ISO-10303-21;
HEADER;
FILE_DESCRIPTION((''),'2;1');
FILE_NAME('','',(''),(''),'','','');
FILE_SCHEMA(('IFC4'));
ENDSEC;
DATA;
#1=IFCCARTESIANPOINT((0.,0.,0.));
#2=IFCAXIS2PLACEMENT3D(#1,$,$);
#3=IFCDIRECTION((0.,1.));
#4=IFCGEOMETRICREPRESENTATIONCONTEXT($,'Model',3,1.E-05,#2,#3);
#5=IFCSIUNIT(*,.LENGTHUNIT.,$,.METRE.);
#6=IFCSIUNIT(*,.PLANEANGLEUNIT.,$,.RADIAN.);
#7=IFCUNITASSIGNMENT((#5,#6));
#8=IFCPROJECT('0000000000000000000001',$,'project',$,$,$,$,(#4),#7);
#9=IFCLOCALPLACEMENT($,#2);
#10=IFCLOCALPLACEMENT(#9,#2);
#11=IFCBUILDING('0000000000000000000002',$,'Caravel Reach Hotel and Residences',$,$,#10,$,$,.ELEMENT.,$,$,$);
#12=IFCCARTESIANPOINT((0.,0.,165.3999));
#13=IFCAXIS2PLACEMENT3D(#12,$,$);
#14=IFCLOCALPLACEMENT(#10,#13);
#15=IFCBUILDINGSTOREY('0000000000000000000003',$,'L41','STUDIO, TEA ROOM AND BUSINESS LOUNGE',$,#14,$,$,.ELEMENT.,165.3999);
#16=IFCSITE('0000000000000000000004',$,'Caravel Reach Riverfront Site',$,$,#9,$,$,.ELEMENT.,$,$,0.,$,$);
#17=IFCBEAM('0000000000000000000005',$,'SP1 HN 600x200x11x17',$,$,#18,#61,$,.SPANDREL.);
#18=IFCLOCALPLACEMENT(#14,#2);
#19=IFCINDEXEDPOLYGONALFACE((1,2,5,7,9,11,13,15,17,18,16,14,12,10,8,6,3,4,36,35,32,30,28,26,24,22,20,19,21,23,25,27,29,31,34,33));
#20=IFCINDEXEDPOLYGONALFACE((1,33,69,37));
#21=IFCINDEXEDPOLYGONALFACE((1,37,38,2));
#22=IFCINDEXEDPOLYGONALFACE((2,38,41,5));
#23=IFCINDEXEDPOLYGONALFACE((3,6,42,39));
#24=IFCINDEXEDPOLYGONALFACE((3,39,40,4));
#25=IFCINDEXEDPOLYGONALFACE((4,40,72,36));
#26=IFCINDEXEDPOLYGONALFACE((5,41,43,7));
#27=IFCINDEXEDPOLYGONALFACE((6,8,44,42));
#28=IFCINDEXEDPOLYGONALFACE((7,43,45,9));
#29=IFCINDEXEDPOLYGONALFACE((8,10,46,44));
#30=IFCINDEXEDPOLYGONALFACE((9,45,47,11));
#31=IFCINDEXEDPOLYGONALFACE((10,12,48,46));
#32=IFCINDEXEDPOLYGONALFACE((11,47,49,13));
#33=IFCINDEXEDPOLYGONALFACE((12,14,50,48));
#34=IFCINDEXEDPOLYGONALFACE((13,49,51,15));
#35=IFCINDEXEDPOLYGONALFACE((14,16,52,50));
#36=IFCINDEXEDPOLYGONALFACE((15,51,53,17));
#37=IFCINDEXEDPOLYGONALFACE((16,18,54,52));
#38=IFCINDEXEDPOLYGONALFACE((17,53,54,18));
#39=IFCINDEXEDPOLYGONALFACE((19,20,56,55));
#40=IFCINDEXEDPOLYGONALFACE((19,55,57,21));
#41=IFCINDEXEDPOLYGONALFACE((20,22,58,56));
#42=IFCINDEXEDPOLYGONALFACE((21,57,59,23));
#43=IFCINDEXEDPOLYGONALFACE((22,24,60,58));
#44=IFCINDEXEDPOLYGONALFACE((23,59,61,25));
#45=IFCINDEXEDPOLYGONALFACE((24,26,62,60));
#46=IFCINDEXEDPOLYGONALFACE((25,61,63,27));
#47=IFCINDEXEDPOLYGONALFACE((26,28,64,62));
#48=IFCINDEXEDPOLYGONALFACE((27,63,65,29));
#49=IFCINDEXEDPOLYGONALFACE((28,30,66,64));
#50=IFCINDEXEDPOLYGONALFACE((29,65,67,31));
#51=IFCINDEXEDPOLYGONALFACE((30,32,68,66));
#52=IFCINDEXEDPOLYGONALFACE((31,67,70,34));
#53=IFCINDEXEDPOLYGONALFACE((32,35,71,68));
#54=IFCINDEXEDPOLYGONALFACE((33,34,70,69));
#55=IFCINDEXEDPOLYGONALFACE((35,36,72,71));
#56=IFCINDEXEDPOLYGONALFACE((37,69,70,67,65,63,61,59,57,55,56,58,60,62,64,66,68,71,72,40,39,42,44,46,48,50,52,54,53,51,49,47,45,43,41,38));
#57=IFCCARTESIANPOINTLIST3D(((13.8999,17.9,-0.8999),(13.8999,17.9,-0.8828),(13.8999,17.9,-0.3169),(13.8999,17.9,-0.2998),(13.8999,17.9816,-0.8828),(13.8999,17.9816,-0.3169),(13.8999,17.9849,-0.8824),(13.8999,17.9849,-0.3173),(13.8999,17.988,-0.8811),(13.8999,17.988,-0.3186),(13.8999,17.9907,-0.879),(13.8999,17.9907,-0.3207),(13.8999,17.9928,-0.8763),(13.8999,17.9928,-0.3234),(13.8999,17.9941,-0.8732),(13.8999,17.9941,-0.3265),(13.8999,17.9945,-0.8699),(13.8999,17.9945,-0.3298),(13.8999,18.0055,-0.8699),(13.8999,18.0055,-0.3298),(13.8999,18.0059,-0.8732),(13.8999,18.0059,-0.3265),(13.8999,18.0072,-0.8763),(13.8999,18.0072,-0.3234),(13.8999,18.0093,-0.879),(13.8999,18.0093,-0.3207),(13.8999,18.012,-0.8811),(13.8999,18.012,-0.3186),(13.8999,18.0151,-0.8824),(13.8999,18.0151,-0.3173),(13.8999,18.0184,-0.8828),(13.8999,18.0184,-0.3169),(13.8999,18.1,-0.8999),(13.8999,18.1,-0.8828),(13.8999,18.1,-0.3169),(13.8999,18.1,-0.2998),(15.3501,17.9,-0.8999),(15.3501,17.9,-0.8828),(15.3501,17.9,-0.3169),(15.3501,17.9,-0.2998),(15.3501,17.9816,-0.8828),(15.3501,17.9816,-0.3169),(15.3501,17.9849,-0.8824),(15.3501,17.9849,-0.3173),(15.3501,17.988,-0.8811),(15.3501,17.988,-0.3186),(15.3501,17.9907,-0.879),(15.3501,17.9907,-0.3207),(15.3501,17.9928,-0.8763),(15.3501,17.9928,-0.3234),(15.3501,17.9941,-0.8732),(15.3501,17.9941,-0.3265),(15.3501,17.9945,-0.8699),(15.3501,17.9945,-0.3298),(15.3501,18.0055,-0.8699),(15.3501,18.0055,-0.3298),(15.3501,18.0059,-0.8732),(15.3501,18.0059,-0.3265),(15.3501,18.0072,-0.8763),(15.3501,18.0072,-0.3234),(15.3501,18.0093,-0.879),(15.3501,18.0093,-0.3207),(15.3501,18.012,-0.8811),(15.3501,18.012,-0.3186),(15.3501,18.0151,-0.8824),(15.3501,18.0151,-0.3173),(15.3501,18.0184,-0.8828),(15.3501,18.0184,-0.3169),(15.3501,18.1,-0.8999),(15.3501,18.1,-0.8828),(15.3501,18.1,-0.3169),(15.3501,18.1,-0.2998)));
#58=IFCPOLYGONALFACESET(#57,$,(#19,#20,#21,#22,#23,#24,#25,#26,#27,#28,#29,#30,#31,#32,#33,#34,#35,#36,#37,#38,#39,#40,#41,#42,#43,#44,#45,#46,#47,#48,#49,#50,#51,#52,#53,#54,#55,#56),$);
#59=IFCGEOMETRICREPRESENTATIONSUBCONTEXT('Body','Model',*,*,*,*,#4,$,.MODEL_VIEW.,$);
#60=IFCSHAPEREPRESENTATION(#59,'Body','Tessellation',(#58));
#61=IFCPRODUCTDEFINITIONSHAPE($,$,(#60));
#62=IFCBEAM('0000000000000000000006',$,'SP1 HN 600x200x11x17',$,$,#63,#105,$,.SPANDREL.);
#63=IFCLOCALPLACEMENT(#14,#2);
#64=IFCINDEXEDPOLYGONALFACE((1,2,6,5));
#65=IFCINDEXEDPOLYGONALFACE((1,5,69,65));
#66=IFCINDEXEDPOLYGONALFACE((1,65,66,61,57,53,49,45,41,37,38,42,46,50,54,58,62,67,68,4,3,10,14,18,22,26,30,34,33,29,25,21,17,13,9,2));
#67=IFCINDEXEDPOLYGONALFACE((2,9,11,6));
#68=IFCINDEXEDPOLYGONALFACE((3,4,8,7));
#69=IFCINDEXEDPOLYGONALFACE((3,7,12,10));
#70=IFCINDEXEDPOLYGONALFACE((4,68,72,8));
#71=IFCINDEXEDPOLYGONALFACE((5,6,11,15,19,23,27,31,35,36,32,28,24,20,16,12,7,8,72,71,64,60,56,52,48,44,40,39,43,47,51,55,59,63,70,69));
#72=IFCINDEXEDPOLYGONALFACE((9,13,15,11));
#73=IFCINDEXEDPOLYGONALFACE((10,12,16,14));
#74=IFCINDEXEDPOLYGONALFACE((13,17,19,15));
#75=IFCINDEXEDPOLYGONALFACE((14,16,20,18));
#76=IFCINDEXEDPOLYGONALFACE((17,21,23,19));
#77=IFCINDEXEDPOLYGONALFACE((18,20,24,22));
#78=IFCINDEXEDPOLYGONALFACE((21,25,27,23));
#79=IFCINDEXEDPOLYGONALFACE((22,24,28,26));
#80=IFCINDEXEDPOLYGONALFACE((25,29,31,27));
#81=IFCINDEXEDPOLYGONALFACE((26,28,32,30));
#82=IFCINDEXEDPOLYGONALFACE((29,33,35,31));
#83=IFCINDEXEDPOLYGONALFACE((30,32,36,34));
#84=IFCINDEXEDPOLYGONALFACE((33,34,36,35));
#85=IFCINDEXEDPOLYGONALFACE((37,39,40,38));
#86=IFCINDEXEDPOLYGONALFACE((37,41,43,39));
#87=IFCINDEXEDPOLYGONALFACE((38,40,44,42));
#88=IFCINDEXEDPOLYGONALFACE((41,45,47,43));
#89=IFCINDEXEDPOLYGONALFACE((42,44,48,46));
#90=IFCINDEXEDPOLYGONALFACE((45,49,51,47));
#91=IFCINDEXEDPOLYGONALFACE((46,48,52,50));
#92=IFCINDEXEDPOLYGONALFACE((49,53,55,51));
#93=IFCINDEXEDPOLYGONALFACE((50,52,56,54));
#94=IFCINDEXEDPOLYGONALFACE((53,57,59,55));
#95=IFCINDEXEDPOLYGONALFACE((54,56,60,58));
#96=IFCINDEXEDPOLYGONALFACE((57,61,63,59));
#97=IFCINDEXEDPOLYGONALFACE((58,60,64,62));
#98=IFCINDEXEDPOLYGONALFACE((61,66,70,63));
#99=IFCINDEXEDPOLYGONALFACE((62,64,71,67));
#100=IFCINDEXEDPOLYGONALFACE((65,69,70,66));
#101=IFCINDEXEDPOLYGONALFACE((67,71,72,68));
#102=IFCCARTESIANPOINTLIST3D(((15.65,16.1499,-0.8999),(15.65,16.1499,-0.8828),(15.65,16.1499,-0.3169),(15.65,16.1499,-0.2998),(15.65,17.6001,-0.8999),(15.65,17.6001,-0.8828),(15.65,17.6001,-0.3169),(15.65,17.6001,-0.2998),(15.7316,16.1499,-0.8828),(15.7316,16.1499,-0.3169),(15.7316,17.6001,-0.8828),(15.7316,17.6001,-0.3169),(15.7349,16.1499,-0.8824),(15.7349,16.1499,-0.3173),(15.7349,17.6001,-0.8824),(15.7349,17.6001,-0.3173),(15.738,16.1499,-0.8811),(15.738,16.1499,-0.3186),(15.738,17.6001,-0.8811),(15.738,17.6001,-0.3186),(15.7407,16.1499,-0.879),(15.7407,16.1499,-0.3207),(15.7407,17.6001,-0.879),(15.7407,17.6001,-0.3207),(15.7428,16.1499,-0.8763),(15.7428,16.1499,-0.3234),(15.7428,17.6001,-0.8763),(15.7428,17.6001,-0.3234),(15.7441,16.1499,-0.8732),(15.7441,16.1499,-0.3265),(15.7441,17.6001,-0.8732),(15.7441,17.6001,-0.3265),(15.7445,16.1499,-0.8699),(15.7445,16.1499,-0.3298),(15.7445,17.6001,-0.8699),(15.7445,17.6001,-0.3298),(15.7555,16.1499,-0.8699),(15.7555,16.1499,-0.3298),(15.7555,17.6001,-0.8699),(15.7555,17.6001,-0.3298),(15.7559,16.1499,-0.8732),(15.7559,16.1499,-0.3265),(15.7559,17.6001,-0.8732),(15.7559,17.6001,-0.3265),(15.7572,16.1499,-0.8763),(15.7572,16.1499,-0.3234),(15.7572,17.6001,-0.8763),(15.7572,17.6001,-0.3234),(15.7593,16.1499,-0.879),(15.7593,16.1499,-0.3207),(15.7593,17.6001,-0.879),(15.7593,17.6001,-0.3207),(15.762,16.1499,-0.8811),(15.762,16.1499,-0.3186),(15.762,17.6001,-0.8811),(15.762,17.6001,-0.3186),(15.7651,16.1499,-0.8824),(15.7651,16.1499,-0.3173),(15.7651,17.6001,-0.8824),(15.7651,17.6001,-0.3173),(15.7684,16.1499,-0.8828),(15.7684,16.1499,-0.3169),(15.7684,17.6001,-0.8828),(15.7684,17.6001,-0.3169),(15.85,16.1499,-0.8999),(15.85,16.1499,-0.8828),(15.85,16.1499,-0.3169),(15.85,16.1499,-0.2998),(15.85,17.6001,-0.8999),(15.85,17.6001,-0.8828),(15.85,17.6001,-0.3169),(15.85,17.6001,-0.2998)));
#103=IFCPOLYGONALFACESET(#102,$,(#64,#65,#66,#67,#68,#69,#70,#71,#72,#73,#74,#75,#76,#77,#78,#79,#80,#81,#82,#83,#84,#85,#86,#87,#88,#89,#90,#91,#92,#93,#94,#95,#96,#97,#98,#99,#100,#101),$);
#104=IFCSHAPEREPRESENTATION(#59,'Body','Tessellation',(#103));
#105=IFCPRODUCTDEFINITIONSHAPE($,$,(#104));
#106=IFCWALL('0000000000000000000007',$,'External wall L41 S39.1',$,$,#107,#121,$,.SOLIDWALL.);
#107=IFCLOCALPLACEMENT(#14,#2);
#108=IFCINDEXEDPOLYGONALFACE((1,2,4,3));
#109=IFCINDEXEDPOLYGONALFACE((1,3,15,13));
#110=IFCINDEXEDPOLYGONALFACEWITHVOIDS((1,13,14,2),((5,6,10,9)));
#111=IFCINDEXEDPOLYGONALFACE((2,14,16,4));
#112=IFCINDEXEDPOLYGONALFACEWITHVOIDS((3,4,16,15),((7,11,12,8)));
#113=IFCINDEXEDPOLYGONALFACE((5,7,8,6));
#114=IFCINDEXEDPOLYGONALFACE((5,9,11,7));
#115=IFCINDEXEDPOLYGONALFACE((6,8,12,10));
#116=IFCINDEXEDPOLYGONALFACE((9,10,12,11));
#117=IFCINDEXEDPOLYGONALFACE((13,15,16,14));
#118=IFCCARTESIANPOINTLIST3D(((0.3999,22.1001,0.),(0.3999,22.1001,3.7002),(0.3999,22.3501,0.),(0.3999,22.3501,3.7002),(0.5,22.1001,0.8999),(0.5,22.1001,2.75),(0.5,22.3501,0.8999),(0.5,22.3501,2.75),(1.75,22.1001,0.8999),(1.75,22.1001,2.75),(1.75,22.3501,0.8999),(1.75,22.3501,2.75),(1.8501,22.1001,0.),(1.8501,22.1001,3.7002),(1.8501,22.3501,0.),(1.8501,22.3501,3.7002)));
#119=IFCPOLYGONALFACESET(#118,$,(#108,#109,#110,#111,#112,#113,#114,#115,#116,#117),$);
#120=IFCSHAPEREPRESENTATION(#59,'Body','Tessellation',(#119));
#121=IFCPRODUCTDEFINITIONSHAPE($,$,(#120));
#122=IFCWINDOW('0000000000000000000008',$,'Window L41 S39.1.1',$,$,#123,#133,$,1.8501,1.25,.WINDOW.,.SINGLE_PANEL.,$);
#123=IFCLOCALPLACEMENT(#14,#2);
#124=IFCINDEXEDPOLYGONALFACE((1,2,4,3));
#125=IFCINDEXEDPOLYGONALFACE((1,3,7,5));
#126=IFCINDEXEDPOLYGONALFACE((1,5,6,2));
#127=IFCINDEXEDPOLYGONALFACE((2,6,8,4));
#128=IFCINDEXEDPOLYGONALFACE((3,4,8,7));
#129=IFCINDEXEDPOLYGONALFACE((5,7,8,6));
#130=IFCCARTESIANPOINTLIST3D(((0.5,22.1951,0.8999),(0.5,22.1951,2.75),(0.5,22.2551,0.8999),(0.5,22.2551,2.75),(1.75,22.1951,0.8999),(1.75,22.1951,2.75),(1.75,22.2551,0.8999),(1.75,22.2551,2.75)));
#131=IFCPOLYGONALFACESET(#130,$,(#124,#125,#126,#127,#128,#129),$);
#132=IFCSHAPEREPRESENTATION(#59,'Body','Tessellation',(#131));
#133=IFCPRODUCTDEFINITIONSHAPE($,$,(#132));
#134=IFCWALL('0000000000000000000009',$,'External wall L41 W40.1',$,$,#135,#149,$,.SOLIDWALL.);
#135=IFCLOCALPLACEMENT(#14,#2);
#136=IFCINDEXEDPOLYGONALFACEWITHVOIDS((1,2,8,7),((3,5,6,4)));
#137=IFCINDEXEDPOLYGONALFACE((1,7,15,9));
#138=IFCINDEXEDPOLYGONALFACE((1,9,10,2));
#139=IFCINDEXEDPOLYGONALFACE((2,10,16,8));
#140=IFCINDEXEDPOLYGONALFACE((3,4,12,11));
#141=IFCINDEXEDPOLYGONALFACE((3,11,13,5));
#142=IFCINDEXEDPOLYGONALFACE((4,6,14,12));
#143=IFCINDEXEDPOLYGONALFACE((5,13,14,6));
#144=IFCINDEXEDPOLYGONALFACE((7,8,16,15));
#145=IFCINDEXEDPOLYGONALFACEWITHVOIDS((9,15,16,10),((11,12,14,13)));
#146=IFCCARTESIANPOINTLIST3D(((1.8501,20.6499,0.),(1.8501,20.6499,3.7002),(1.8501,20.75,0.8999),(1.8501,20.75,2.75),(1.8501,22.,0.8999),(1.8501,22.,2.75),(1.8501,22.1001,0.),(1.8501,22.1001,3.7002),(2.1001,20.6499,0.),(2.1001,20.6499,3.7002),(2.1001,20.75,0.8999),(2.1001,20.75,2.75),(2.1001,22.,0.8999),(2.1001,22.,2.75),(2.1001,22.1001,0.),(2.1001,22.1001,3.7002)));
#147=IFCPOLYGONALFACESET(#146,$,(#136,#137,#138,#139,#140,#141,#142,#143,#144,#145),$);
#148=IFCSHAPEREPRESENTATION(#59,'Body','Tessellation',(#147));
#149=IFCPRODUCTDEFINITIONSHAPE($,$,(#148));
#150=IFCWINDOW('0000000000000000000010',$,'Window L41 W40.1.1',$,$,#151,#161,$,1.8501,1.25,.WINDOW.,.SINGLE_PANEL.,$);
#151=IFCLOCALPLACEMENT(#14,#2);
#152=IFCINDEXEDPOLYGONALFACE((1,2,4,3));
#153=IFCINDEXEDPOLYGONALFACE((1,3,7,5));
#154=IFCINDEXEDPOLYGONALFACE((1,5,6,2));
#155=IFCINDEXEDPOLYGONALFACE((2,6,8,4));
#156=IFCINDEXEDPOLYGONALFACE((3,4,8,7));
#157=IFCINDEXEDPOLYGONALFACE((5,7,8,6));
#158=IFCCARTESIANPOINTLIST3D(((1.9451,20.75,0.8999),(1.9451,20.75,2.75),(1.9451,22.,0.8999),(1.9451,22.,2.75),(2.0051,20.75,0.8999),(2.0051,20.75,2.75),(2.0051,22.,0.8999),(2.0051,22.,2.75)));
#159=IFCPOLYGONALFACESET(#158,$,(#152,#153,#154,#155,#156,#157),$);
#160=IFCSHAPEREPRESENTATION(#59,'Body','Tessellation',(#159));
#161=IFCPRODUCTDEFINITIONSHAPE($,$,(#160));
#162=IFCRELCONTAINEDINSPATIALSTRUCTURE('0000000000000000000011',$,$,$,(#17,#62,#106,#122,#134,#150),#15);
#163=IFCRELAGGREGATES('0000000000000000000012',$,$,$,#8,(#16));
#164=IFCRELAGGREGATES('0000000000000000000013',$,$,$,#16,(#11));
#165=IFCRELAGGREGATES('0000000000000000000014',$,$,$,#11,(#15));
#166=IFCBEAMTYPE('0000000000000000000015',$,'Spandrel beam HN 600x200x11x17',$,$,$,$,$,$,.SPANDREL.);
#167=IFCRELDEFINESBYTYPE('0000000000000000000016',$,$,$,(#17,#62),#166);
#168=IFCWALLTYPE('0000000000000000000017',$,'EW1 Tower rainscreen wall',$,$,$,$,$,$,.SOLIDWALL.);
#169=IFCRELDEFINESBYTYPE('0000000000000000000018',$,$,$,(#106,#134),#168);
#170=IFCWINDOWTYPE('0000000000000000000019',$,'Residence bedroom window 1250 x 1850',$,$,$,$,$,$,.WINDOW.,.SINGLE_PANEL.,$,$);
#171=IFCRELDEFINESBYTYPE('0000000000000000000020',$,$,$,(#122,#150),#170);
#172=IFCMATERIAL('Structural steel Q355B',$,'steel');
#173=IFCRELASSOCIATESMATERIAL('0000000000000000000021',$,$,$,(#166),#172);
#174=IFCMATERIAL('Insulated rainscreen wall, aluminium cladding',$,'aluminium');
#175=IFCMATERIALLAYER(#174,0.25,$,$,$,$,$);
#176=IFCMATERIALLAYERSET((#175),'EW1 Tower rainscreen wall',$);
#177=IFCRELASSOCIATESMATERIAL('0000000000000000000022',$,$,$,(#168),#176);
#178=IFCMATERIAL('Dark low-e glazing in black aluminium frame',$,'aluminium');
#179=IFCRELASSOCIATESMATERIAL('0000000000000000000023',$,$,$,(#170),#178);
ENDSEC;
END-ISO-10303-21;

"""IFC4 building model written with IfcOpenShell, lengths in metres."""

from ifc_helpers import new_model, si_unit, direction, frame, frame_2d, origin, origin_2d, place, context, subcontext, project, spatial, rectangle, i_section, extrude, material, layer, layer_set, material_profile, profile_set, type_object, element, fill, save


model = new_model("IFC4")

# Units and contexts
model_context = context("Model", 3, precision=1e-05, world=origin(), true_north=direction((0.0, 1.0)))
body_context = subcontext(model_context, "Body", "Model", "MODEL_VIEW")
ifc_project = project(units=[si_unit("LENGTHUNIT", "METRE"), si_unit("PLANEANGLEUNIT", "RADIAN")], contexts=[model_context])

# Site, building, storey
site_placement = place(None, origin())
site = spatial("IfcSite", under=ifc_project, at=site_placement, Name="Caravel Reach Riverfront Site", CompositionType="ELEMENT", RefElevation=0.0)
building_placement = place(site_placement, origin())
building = spatial("IfcBuilding", under=site, at=building_placement, Name="Caravel Reach Hotel and Residences", CompositionType="ELEMENT")
storey_placement = place(building_placement, frame((0.0, 0.0, 165.3999)))
storey = spatial("IfcBuildingStorey", under=building, at=storey_placement, Name="L41", Description="STUDIO, TEA ROOM AND BUSINESS LOUNGE", CompositionType="ELEMENT", Elevation=165.3999)

# Beams
ifc_material_1 = material(Name="Structural steel Q355B", Category="steel")
ifc_material_profile_1 = material_profile(ifc_material_1, i_section(OverallWidth=0.2, OverallDepth=0.6001, WebThickness=0.011, FlangeThickness=0.0171, FilletRadius=0.0129, at=origin_2d()), Name="HN 600x200x11x17")
ifc_profile_set_1 = profile_set([ifc_material_profile_1], Name="Structural steel Q355B")
beam_type_1 = type_object("IfcBeamType", Name="Spandrel beam HN 600x200x11x17", PredefinedType="SPANDREL", material=ifc_profile_set_1)
for number, where, z_axis, x_axis, name in (
    (1, (13.8999, 18.0, -0.5999), (1.0, 0.0, 0.0), (0.0, 1.0, 0.0), "SP1 HN 600x200x11x17"),
    (2, (15.75, 17.6001, -0.5999), (0.0, -1.0, 0.0), (1.0, 0.0, 0.0), "SP1 HN 600x200x11x17"),
):
    element("IfcBeam", number, at=place(storey_placement, frame(where, z_axis=z_axis, x_axis=x_axis)), inside=storey, type_object=beam_type_1, Name=name, PredefinedType="SPANDREL", context=body_context, shape_type="SweptSolid", body=[
        extrude(i_section(OverallWidth=0.2, OverallDepth=0.6001, WebThickness=0.011, FlangeThickness=0.0171, FilletRadius=0.0129, at=origin_2d()), origin(), (0.0, 0.0, 1.0), 1.4502),
    ])

# Walls, openings, windows
ifc_material_2 = material(Name="Insulated rainscreen wall, aluminium cladding", Category="aluminium")
ifc_layer_1 = layer(ifc_material_2, 0.25)
ifc_layer_set_1 = layer_set([ifc_layer_1], Name="EW1 Tower rainscreen wall")
wall_type_1 = type_object("IfcWallType", Name="EW1 Tower rainscreen wall", PredefinedType="SOLIDWALL", material=ifc_layer_set_1)
wall_1_placement = place(storey_placement, frame((0.3999, 22.2251, 0.0), z_axis=(0.0, 0.0, 1.0), x_axis=(1.0, 0.0, 0.0)))
wall_1 = element("IfcWall", 3, at=wall_1_placement, inside=storey, type_object=wall_type_1, Name="External wall L41 S39.1", PredefinedType="SOLIDWALL", context=body_context, shape_type="SweptSolid", body=[
    extrude(rectangle(XDim=1.4502, YDim=0.25, at=frame_2d((0.7251, 0.0))), origin(), (0.0, 0.0, 1.0), 3.7002),
])
opening_1_placement = place(wall_1_placement, frame((0.1001, 0.0, 0.8999)))
opening_1 = element("IfcOpeningElement", 4, at=opening_1_placement, cuts=wall_1, PredefinedType="OPENING", context=body_context, shape_type="SweptSolid", body=[
    extrude(rectangle(XDim=1.25, YDim=1.8501, at=frame_2d((0.625, 0.925))), frame((0.0, 0.135, 0.0), z_axis=(0.0, -1.0, 0.0), x_axis=(1.0, 0.0, 0.0)), (0.0, 0.0, 1.0), 0.27),
])
ifc_material_3 = material(Name="Dark low-e glazing in black aluminium frame", Category="aluminium")
window_type_1 = type_object("IfcWindowType", Name="Residence bedroom window 1250 x 1850", PartitioningType="SINGLE_PANEL", PredefinedType="WINDOW", material=ifc_material_3)
window_1_placement = place(opening_1_placement, origin())
window_1 = element("IfcWindow", 5, at=window_1_placement, inside=storey, type_object=window_type_1, Name="Window L41 S39.1.1", OverallHeight=1.8501, OverallWidth=1.25, PartitioningType="SINGLE_PANEL", PredefinedType="WINDOW", context=body_context, shape_type="SweptSolid", body=[
    extrude(rectangle(XDim=1.25, YDim=1.8501, at=frame_2d((0.625, 0.925))), frame((0.0, 0.03, 0.0), z_axis=(0.0, -1.0, 0.0), x_axis=(1.0, 0.0, 0.0)), (0.0, 0.0, 1.0), 0.0601),
])
fill(opening_1, window_1)
wall_2_placement = place(storey_placement, frame((1.9751, 22.1001, 0.0), z_axis=(0.0, 0.0, 1.0), x_axis=(0.0, -1.0, 0.0)))
wall_2 = element("IfcWall", 6, at=wall_2_placement, inside=storey, type_object=wall_type_1, Name="External wall L41 W40.1", PredefinedType="SOLIDWALL", context=body_context, shape_type="SweptSolid", body=[
    extrude(rectangle(XDim=1.4502, YDim=0.25, at=frame_2d((0.7251, 0.0))), origin(), (0.0, 0.0, 1.0), 3.7002),
])
opening_2_placement = place(wall_2_placement, frame((0.1001, 0.0, 0.8999)))
opening_2 = element("IfcOpeningElement", 7, at=opening_2_placement, cuts=wall_2, PredefinedType="OPENING", context=body_context, shape_type="SweptSolid", body=[
    extrude(rectangle(XDim=1.25, YDim=1.8501, at=frame_2d((0.625, 0.925))), frame((0.0, 0.135, 0.0), z_axis=(0.0, -1.0, 0.0), x_axis=(1.0, 0.0, 0.0)), (0.0, 0.0, 1.0), 0.27),
])
window_2_placement = place(opening_2_placement, origin())
window_2 = element("IfcWindow", 8, at=window_2_placement, inside=storey, type_object=window_type_1, Name="Window L41 W40.1.1", OverallHeight=1.8501, OverallWidth=1.25, PartitioningType="SINGLE_PANEL", PredefinedType="WINDOW", context=body_context, shape_type="SweptSolid", body=[
    extrude(rectangle(XDim=1.25, YDim=1.8501, at=frame_2d((0.625, 0.925))), frame((0.0, 0.03, 0.0), z_axis=(0.0, -1.0, 0.0), x_axis=(1.0, 0.0, 0.0)), (0.0, 0.0, 1.0), 0.0601),
])
fill(opening_2, window_2)

save(model, "model.ifc")
